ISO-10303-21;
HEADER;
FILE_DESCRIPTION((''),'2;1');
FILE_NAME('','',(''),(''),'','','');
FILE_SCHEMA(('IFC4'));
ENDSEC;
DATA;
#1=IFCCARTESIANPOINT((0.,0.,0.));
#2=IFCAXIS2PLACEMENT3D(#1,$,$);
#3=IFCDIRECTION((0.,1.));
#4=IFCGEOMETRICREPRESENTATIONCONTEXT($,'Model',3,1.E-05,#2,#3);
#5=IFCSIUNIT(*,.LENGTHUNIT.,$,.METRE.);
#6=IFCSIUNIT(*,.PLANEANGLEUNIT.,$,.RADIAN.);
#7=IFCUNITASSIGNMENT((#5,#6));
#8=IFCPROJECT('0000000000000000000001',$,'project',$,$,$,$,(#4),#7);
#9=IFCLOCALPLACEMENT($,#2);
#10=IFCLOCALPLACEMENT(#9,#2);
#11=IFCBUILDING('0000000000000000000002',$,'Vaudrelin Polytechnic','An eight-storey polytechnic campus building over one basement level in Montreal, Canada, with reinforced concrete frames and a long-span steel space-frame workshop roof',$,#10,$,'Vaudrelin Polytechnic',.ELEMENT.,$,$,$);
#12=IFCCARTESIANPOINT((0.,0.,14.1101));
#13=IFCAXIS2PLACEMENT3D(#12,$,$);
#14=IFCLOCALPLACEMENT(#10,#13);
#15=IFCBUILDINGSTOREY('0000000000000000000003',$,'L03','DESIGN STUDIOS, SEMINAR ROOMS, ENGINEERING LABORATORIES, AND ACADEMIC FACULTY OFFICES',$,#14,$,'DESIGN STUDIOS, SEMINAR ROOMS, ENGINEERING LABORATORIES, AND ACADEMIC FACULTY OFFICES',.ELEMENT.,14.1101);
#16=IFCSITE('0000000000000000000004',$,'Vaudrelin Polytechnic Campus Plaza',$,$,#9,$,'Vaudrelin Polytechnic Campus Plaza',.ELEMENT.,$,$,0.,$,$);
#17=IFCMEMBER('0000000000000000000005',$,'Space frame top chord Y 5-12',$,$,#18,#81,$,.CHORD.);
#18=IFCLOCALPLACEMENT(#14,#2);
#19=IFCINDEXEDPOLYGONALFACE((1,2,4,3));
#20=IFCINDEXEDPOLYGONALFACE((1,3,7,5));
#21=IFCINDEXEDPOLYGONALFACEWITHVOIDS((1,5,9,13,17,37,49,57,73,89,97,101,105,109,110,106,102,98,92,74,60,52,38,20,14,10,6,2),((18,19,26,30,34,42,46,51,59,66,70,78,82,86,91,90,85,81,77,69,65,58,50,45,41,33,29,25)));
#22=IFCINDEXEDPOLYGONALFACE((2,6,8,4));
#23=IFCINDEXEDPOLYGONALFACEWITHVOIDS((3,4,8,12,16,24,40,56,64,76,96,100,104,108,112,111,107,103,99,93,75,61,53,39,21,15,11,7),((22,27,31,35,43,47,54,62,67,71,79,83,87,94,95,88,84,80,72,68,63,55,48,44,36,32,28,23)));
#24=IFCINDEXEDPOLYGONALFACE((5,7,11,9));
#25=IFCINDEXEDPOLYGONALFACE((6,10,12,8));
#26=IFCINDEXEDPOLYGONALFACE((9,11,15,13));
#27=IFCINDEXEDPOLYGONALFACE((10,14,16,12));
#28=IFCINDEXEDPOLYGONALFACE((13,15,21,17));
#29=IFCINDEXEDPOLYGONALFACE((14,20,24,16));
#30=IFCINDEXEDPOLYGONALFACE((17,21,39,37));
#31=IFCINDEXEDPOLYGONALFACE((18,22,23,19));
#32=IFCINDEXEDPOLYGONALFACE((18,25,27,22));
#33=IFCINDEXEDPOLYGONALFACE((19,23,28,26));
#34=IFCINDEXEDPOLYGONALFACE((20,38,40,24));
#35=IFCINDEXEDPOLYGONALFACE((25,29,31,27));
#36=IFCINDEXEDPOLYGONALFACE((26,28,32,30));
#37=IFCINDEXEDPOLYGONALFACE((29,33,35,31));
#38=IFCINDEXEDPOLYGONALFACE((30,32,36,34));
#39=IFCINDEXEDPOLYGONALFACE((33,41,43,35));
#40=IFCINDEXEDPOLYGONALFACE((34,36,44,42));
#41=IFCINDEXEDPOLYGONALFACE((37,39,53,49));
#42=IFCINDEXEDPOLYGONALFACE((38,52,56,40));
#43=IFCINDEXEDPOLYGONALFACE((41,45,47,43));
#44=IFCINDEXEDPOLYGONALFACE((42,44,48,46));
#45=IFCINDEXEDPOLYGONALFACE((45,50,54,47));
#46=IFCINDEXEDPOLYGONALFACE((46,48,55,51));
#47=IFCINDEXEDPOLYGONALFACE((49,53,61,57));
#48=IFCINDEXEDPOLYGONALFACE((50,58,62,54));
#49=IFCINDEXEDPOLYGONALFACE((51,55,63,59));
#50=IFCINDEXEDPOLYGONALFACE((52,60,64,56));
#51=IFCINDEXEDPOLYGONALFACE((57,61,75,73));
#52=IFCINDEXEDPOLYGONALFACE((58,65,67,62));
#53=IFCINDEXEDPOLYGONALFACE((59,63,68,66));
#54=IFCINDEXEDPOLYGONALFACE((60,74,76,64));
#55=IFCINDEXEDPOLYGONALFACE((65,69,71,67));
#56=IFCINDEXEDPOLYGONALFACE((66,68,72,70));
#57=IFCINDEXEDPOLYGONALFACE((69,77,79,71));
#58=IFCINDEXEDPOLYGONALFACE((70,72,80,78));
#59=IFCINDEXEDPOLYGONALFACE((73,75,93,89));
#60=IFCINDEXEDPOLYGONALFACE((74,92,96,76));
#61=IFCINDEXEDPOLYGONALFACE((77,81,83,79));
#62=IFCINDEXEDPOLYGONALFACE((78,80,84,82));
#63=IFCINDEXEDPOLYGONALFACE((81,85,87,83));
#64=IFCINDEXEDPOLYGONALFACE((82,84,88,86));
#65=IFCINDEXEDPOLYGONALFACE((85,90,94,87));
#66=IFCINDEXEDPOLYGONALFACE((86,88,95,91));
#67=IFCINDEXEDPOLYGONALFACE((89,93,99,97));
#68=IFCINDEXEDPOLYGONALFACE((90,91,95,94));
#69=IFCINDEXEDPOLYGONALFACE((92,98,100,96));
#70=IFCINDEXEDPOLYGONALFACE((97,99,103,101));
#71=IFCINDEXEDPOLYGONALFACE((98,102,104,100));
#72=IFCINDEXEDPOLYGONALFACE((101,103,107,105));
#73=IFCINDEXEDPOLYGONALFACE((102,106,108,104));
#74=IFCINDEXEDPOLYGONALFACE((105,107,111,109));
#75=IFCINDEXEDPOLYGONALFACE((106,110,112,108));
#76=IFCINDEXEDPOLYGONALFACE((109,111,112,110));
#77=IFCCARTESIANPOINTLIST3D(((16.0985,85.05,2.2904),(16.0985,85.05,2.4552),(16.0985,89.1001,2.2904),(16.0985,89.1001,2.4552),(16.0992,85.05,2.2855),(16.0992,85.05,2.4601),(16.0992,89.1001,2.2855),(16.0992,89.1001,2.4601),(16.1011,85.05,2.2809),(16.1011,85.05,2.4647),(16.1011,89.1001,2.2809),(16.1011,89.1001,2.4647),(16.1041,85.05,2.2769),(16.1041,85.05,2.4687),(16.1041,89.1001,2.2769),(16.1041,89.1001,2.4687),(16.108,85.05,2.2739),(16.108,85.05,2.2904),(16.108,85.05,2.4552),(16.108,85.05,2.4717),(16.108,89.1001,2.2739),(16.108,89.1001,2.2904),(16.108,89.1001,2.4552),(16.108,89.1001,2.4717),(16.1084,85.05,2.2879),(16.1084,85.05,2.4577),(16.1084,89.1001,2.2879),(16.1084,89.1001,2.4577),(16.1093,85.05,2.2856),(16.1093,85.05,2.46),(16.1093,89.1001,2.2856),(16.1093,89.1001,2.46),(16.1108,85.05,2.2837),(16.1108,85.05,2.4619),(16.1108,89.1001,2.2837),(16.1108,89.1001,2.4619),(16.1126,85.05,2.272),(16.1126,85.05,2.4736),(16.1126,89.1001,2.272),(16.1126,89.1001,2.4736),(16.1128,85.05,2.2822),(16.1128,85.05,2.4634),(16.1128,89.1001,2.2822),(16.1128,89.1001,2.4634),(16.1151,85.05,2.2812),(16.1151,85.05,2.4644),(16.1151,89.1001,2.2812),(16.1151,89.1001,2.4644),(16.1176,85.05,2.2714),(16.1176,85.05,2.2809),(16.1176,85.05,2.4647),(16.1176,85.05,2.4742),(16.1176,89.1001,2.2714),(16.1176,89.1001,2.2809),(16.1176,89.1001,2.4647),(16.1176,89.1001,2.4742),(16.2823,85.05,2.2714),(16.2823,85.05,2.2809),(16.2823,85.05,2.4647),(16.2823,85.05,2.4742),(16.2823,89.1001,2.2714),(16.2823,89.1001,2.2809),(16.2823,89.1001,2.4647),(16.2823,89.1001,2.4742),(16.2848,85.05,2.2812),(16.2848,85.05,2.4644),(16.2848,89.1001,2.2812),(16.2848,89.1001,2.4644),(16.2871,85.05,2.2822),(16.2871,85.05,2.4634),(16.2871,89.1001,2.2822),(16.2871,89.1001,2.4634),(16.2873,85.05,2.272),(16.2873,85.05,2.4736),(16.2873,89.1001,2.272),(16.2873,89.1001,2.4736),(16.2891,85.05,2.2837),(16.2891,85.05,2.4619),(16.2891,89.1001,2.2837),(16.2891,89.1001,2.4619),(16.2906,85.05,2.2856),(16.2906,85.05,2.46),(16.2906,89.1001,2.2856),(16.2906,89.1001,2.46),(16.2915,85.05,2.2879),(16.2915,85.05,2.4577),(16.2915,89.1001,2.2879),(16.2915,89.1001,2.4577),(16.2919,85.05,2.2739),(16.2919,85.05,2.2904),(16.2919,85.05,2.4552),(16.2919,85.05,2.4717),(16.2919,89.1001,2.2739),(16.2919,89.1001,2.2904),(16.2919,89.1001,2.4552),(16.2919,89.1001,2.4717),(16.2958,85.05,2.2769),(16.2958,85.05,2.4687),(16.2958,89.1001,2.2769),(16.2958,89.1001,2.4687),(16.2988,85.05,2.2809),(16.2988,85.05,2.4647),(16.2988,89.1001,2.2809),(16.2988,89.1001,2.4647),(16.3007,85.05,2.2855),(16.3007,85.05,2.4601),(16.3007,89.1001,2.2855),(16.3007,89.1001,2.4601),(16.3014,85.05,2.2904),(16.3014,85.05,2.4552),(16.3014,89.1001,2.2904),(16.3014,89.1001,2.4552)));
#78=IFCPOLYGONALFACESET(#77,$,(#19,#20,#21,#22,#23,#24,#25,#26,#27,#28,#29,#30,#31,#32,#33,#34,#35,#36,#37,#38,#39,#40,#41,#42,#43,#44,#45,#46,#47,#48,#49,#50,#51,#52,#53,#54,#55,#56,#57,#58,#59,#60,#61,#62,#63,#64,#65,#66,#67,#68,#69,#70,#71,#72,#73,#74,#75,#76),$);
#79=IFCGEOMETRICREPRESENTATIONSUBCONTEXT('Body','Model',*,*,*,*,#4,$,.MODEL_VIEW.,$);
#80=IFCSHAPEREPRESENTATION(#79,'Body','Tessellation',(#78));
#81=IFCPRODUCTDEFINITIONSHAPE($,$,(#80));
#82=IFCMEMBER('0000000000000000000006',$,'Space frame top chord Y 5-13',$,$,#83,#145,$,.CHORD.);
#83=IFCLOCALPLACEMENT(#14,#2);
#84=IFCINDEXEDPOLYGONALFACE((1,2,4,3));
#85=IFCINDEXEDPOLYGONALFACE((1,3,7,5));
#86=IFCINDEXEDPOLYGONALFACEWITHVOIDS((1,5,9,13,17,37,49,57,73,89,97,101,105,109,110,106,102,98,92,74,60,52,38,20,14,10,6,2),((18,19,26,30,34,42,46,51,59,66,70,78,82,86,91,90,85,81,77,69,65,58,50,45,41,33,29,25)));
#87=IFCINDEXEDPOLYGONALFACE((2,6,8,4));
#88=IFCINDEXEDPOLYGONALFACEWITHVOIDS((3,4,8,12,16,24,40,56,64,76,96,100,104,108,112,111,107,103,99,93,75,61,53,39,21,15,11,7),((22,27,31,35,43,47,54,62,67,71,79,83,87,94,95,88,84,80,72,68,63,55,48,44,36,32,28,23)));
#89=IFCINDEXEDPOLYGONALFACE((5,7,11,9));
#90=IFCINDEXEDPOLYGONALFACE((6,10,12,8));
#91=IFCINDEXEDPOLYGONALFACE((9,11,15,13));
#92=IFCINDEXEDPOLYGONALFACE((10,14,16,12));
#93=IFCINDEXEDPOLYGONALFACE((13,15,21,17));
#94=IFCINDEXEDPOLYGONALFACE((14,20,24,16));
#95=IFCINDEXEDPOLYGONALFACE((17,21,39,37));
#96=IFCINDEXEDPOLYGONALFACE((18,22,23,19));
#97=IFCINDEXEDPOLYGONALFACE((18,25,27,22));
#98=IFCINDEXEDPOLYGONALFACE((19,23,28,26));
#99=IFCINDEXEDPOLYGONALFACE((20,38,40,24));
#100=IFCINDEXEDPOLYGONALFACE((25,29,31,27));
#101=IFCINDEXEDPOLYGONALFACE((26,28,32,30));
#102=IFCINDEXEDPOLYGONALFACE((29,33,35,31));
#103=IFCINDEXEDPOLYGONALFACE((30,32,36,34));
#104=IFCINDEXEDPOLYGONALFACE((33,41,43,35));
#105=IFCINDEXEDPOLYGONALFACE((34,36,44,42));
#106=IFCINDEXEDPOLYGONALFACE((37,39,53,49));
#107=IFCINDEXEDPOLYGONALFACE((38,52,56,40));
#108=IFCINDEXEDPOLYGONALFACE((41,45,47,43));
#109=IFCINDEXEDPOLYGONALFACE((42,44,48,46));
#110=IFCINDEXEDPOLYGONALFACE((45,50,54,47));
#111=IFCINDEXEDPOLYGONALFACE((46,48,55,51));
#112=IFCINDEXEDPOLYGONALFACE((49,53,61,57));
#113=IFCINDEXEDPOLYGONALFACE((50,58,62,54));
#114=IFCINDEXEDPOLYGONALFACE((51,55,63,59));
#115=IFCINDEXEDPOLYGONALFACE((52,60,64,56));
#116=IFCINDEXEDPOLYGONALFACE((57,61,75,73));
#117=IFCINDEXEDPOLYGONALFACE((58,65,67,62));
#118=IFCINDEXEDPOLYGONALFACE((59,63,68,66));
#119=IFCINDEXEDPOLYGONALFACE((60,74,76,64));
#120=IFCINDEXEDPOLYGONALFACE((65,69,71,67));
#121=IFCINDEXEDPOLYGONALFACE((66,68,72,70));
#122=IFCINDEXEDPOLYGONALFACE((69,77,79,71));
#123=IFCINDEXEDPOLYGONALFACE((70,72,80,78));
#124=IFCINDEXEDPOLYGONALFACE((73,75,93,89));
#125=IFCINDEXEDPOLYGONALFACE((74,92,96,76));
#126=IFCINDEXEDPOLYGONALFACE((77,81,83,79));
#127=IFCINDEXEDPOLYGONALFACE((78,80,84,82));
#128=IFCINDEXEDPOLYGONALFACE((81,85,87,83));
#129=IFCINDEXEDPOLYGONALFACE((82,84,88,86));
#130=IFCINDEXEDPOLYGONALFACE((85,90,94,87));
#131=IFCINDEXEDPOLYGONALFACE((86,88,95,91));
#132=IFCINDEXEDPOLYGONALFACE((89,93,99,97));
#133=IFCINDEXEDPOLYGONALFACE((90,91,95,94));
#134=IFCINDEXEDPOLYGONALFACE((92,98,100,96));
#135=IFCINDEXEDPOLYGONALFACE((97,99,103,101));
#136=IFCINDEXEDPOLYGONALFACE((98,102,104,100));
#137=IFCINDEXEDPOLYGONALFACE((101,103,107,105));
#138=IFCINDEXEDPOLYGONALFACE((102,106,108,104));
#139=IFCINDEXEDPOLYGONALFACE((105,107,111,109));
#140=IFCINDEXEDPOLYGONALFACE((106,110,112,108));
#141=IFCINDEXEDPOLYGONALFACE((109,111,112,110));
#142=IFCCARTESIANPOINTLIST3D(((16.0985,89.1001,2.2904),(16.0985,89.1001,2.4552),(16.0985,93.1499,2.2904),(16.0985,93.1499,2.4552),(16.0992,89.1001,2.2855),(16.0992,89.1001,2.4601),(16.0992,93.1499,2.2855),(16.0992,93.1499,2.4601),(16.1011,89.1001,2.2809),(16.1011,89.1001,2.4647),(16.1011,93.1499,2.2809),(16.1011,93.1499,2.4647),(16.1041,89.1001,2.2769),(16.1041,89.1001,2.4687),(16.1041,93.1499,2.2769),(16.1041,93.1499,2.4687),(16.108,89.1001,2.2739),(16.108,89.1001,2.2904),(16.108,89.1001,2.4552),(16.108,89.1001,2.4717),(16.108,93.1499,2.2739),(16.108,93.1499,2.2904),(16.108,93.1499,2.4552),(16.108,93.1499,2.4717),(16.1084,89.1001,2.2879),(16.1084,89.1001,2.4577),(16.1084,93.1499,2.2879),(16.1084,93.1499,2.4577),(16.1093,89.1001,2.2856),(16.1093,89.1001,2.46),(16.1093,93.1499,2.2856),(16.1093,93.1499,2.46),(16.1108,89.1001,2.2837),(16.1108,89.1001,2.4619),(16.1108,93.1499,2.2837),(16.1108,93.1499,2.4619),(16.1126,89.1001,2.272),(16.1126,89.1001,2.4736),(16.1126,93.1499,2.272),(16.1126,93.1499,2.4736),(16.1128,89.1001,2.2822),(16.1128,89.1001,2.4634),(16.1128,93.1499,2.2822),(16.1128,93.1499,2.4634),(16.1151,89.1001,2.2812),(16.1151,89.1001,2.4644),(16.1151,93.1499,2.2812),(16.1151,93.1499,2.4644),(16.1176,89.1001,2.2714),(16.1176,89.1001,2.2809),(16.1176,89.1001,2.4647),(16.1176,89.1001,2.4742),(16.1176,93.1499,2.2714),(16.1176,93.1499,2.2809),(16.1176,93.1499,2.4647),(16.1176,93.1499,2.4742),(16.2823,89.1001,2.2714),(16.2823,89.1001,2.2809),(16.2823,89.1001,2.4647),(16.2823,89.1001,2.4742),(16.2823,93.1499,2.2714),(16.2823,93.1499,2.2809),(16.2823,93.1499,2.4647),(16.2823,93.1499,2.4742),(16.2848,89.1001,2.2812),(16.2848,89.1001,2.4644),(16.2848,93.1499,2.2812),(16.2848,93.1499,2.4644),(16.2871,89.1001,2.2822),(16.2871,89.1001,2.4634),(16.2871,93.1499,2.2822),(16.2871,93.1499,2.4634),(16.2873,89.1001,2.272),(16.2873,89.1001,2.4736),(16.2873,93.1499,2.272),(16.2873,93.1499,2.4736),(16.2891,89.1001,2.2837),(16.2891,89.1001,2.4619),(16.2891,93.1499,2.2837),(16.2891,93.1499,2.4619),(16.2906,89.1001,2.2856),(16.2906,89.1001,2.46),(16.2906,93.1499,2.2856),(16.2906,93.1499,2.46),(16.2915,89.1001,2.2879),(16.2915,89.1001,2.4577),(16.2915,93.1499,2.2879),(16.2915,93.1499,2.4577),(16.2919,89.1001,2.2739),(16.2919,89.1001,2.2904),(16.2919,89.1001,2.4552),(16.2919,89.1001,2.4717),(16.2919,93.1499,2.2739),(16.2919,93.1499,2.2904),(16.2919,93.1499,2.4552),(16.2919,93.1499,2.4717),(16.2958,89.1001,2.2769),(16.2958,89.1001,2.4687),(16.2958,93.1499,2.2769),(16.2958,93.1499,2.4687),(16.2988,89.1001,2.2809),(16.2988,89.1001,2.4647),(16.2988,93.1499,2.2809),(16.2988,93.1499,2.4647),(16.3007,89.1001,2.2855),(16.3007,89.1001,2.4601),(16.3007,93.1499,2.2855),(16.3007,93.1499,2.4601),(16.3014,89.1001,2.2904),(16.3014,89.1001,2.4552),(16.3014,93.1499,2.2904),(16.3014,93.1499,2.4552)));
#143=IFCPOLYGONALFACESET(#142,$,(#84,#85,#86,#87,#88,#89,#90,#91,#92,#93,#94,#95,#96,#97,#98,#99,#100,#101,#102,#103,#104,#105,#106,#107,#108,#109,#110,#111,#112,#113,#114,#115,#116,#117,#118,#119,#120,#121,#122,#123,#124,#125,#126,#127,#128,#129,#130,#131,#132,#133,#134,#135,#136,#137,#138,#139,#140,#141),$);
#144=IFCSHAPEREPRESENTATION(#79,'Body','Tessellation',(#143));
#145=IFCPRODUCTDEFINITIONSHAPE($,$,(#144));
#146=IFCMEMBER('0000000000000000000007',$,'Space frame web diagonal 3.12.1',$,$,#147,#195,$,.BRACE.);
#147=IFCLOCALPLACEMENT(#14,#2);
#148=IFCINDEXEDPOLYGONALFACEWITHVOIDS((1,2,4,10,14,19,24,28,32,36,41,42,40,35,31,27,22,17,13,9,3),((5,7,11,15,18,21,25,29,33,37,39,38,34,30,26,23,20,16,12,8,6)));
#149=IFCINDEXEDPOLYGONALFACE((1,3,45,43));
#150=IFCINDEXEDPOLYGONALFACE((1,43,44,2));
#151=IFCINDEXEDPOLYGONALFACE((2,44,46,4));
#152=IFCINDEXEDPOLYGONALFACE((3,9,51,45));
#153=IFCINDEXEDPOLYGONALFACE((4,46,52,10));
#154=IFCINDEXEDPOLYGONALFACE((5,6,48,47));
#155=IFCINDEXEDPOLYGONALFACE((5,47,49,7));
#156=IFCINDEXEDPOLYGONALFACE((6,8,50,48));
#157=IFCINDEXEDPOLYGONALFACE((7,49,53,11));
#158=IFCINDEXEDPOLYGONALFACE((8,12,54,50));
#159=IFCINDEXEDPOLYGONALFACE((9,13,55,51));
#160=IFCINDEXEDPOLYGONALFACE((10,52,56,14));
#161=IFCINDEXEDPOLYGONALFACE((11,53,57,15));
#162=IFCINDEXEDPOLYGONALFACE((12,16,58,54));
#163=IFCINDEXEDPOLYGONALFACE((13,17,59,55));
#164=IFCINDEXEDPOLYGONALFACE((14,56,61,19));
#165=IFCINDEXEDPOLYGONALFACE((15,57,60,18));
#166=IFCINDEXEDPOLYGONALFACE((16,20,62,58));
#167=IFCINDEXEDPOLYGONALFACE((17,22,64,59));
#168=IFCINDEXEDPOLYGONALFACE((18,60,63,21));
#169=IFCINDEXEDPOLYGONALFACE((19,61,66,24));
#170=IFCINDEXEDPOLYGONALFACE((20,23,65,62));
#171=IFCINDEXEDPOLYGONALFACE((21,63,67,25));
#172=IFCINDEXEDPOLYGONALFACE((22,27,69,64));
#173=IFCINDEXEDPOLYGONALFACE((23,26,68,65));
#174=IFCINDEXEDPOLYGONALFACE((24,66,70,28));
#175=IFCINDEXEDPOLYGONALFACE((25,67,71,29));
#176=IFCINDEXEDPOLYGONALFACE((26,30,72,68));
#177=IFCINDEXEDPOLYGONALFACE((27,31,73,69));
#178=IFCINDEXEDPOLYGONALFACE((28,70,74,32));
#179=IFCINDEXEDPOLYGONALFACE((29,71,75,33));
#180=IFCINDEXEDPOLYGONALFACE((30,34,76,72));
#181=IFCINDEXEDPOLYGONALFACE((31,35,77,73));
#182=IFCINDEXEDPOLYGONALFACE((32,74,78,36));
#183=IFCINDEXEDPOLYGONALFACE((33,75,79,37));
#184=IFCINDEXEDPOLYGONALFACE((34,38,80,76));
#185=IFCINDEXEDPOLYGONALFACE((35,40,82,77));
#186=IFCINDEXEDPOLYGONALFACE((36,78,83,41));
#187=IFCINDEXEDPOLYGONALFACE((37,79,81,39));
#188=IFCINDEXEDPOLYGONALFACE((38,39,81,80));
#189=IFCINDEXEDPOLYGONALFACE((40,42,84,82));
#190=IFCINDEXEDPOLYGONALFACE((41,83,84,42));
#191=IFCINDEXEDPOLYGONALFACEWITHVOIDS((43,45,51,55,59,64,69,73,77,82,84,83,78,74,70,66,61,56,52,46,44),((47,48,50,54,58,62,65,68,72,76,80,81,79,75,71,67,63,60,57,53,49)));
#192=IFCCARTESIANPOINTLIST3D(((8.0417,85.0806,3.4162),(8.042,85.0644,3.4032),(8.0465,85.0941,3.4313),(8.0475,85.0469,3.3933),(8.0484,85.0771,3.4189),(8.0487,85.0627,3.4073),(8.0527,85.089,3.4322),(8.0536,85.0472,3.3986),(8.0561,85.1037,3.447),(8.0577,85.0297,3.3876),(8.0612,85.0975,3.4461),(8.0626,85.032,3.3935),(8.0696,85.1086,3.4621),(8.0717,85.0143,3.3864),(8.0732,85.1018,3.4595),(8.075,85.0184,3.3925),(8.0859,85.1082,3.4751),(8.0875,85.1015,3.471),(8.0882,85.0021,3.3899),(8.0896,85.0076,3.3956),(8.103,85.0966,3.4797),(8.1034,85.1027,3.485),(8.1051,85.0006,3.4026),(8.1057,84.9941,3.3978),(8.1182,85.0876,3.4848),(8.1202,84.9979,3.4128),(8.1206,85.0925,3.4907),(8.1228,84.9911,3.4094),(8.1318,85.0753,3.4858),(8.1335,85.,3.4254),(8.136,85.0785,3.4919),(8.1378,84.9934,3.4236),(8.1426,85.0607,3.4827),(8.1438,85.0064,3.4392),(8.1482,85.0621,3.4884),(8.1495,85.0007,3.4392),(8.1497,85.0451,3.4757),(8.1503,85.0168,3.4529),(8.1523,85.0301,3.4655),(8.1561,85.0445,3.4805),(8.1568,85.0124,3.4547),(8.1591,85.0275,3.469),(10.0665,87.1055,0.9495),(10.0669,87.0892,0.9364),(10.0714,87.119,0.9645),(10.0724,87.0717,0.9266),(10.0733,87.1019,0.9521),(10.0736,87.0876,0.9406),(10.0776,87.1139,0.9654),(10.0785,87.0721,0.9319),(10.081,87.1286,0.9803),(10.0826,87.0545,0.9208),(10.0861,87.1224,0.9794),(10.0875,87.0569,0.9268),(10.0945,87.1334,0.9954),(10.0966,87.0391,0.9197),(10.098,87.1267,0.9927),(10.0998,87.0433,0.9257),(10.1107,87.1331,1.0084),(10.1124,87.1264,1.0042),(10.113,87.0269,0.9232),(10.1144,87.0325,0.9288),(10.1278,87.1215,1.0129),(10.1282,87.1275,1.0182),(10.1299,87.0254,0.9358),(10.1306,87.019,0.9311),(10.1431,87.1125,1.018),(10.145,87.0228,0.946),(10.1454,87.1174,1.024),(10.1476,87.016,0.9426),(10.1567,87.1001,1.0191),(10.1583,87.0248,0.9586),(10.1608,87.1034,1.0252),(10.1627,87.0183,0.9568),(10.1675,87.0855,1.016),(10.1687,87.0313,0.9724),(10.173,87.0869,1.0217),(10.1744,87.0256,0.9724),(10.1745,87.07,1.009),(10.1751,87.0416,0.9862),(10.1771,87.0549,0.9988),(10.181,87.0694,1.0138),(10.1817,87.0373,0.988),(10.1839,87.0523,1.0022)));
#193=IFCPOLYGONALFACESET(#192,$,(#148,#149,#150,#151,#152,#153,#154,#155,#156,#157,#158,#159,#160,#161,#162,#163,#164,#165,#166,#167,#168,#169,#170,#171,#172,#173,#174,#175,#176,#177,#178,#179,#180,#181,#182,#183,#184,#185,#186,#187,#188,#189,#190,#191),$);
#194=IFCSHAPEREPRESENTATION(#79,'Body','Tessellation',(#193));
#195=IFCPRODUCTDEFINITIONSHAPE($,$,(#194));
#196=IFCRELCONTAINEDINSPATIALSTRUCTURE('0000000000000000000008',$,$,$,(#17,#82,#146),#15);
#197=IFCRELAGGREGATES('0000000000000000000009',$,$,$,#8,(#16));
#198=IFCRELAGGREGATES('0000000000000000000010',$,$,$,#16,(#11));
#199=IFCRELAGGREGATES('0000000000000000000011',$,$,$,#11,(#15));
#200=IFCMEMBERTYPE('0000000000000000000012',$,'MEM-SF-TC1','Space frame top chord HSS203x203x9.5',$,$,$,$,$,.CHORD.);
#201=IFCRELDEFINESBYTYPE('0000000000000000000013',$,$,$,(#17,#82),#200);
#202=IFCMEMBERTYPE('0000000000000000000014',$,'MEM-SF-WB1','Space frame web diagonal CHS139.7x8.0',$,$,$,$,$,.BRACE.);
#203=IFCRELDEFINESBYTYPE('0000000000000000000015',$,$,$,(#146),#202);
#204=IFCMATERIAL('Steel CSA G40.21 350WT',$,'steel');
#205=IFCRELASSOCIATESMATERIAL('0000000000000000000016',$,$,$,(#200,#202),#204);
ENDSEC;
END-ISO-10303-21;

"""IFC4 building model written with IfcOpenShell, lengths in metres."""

from ifc_helpers import new_model, si_unit, direction, frame, origin, origin_2d, place, context, subcontext, project, spatial, hollow_rectangle, hollow_circle, extrude, material, material_profile, profile_set, type_object, element, save


model = new_model("IFC4")

# Units and contexts
model_context = context("Model", 3, precision=1e-05, world=origin(), true_north=direction((0.0, 1.0)))
body_context = subcontext(model_context, "Body", "Model", "MODEL_VIEW")
ifc_project = project(units=[si_unit("LENGTHUNIT", "METRE"), si_unit("PLANEANGLEUNIT", "RADIAN")], contexts=[model_context])

# Site, building, storey
site_placement = place(None, origin())
site = spatial("IfcSite", under=ifc_project, at=site_placement, Name="Vaudrelin Polytechnic Campus Plaza", LongName="Vaudrelin Polytechnic Campus Plaza", CompositionType="ELEMENT", RefElevation=0.0)
building_placement = place(site_placement, origin())
building = spatial("IfcBuilding", under=site, at=building_placement, Name="Vaudrelin Polytechnic", Description="An eight-storey polytechnic campus building over one basement level in Montreal, Canada, with reinforced concrete frames and a long-span steel space-frame workshop roof", LongName="Vaudrelin Polytechnic", CompositionType="ELEMENT")
storey_placement = place(building_placement, frame((0.0, 0.0, 14.1101)))
storey = spatial("IfcBuildingStorey", under=building, at=storey_placement, Name="L03", Description="DESIGN STUDIOS, SEMINAR ROOMS, ENGINEERING LABORATORIES, AND ACADEMIC FACULTY OFFICES", LongName="DESIGN STUDIOS, SEMINAR ROOMS, ENGINEERING LABORATORIES, AND ACADEMIC FACULTY OFFICES", CompositionType="ELEMENT", Elevation=14.1101)

# Members
ifc_material = material(Name="Steel CSA G40.21 350WT", Category="steel")
ifc_material_profile_1 = material_profile(ifc_material, hollow_rectangle(XDim=0.2029, YDim=0.2029, WallThickness=0.0095, InnerFilletRadius=0.0095, OuterFilletRadius=0.019, at=origin_2d()), Name="HSS203x203x9.5")
ifc_profile_set_1 = profile_set([ifc_material_profile_1], Name="Steel CSA G40.21 350WT")
member_type_1 = type_object("IfcMemberType", Name="MEM-SF-TC1", Description="Space frame top chord HSS203x203x9.5", PredefinedType="CHORD", material=ifc_profile_set_1)
member_1_placement = place(storey_placement, frame((16.2, 85.05, 2.3728), z_axis=(0.0, 1.0, 0.0), x_axis=(-1.0, 0.0, 0.0)))
element("IfcMember", 1, at=member_1_placement, inside=storey, type_object=member_type_1, Name="Space frame top chord Y 5-12", PredefinedType="CHORD", context=body_context, shape_type="SweptSolid", body=[
    extrude(hollow_rectangle(XDim=0.2029, YDim=0.2029, WallThickness=0.0095, InnerFilletRadius=0.0095, OuterFilletRadius=0.019, at=origin_2d()), origin(), (0.0, 0.0, 1.0), 4.05),
])
member_2_placement = place(storey_placement, frame((16.2, 89.1001, 2.3728), z_axis=(0.0, 1.0, 0.0), x_axis=(-1.0, 0.0, 0.0)))
element("IfcMember", 2, at=member_2_placement, inside=storey, type_object=member_type_1, Name="Space frame top chord Y 5-13", PredefinedType="CHORD", context=body_context, shape_type="SweptSolid", body=[
    extrude(hollow_rectangle(XDim=0.2029, YDim=0.2029, WallThickness=0.0095, InnerFilletRadius=0.0095, OuterFilletRadius=0.019, at=origin_2d()), origin(), (0.0, 0.0, 1.0), 4.0498),
])
ifc_material_profile_2 = material_profile(ifc_material, hollow_circle(Radius=0.0698, WallThickness=0.0081, at=origin_2d()), Name="CHS139.7x8.0")
ifc_profile_set_2 = profile_set([ifc_material_profile_2], Name="Steel CSA G40.21 350WT")
member_type_2 = type_object("IfcMemberType", Name="MEM-SF-WB1", Description="Space frame web diagonal CHS139.7x8.0", PredefinedType="BRACE", material=ifc_profile_set_2)
member_3_placement = place(storey_placement, frame((10.125, 87.075, 0.9724), z_axis=(-0.535742, -0.535742, 0.652657), x_axis=(0.707107, -0.707107, 0.0)))
element("IfcMember", 3, at=member_3_placement, inside=storey, type_object=member_type_2, Name="Space frame web diagonal 3.12.1", PredefinedType="BRACE", context=body_context, shape_type="SweptSolid", body=[
    extrude(hollow_circle(Radius=0.0698, WallThickness=0.0081, at=origin_2d()), origin(), (0.0, 0.0, 1.0), 3.7795),
])

save(model, "model.ifc")
